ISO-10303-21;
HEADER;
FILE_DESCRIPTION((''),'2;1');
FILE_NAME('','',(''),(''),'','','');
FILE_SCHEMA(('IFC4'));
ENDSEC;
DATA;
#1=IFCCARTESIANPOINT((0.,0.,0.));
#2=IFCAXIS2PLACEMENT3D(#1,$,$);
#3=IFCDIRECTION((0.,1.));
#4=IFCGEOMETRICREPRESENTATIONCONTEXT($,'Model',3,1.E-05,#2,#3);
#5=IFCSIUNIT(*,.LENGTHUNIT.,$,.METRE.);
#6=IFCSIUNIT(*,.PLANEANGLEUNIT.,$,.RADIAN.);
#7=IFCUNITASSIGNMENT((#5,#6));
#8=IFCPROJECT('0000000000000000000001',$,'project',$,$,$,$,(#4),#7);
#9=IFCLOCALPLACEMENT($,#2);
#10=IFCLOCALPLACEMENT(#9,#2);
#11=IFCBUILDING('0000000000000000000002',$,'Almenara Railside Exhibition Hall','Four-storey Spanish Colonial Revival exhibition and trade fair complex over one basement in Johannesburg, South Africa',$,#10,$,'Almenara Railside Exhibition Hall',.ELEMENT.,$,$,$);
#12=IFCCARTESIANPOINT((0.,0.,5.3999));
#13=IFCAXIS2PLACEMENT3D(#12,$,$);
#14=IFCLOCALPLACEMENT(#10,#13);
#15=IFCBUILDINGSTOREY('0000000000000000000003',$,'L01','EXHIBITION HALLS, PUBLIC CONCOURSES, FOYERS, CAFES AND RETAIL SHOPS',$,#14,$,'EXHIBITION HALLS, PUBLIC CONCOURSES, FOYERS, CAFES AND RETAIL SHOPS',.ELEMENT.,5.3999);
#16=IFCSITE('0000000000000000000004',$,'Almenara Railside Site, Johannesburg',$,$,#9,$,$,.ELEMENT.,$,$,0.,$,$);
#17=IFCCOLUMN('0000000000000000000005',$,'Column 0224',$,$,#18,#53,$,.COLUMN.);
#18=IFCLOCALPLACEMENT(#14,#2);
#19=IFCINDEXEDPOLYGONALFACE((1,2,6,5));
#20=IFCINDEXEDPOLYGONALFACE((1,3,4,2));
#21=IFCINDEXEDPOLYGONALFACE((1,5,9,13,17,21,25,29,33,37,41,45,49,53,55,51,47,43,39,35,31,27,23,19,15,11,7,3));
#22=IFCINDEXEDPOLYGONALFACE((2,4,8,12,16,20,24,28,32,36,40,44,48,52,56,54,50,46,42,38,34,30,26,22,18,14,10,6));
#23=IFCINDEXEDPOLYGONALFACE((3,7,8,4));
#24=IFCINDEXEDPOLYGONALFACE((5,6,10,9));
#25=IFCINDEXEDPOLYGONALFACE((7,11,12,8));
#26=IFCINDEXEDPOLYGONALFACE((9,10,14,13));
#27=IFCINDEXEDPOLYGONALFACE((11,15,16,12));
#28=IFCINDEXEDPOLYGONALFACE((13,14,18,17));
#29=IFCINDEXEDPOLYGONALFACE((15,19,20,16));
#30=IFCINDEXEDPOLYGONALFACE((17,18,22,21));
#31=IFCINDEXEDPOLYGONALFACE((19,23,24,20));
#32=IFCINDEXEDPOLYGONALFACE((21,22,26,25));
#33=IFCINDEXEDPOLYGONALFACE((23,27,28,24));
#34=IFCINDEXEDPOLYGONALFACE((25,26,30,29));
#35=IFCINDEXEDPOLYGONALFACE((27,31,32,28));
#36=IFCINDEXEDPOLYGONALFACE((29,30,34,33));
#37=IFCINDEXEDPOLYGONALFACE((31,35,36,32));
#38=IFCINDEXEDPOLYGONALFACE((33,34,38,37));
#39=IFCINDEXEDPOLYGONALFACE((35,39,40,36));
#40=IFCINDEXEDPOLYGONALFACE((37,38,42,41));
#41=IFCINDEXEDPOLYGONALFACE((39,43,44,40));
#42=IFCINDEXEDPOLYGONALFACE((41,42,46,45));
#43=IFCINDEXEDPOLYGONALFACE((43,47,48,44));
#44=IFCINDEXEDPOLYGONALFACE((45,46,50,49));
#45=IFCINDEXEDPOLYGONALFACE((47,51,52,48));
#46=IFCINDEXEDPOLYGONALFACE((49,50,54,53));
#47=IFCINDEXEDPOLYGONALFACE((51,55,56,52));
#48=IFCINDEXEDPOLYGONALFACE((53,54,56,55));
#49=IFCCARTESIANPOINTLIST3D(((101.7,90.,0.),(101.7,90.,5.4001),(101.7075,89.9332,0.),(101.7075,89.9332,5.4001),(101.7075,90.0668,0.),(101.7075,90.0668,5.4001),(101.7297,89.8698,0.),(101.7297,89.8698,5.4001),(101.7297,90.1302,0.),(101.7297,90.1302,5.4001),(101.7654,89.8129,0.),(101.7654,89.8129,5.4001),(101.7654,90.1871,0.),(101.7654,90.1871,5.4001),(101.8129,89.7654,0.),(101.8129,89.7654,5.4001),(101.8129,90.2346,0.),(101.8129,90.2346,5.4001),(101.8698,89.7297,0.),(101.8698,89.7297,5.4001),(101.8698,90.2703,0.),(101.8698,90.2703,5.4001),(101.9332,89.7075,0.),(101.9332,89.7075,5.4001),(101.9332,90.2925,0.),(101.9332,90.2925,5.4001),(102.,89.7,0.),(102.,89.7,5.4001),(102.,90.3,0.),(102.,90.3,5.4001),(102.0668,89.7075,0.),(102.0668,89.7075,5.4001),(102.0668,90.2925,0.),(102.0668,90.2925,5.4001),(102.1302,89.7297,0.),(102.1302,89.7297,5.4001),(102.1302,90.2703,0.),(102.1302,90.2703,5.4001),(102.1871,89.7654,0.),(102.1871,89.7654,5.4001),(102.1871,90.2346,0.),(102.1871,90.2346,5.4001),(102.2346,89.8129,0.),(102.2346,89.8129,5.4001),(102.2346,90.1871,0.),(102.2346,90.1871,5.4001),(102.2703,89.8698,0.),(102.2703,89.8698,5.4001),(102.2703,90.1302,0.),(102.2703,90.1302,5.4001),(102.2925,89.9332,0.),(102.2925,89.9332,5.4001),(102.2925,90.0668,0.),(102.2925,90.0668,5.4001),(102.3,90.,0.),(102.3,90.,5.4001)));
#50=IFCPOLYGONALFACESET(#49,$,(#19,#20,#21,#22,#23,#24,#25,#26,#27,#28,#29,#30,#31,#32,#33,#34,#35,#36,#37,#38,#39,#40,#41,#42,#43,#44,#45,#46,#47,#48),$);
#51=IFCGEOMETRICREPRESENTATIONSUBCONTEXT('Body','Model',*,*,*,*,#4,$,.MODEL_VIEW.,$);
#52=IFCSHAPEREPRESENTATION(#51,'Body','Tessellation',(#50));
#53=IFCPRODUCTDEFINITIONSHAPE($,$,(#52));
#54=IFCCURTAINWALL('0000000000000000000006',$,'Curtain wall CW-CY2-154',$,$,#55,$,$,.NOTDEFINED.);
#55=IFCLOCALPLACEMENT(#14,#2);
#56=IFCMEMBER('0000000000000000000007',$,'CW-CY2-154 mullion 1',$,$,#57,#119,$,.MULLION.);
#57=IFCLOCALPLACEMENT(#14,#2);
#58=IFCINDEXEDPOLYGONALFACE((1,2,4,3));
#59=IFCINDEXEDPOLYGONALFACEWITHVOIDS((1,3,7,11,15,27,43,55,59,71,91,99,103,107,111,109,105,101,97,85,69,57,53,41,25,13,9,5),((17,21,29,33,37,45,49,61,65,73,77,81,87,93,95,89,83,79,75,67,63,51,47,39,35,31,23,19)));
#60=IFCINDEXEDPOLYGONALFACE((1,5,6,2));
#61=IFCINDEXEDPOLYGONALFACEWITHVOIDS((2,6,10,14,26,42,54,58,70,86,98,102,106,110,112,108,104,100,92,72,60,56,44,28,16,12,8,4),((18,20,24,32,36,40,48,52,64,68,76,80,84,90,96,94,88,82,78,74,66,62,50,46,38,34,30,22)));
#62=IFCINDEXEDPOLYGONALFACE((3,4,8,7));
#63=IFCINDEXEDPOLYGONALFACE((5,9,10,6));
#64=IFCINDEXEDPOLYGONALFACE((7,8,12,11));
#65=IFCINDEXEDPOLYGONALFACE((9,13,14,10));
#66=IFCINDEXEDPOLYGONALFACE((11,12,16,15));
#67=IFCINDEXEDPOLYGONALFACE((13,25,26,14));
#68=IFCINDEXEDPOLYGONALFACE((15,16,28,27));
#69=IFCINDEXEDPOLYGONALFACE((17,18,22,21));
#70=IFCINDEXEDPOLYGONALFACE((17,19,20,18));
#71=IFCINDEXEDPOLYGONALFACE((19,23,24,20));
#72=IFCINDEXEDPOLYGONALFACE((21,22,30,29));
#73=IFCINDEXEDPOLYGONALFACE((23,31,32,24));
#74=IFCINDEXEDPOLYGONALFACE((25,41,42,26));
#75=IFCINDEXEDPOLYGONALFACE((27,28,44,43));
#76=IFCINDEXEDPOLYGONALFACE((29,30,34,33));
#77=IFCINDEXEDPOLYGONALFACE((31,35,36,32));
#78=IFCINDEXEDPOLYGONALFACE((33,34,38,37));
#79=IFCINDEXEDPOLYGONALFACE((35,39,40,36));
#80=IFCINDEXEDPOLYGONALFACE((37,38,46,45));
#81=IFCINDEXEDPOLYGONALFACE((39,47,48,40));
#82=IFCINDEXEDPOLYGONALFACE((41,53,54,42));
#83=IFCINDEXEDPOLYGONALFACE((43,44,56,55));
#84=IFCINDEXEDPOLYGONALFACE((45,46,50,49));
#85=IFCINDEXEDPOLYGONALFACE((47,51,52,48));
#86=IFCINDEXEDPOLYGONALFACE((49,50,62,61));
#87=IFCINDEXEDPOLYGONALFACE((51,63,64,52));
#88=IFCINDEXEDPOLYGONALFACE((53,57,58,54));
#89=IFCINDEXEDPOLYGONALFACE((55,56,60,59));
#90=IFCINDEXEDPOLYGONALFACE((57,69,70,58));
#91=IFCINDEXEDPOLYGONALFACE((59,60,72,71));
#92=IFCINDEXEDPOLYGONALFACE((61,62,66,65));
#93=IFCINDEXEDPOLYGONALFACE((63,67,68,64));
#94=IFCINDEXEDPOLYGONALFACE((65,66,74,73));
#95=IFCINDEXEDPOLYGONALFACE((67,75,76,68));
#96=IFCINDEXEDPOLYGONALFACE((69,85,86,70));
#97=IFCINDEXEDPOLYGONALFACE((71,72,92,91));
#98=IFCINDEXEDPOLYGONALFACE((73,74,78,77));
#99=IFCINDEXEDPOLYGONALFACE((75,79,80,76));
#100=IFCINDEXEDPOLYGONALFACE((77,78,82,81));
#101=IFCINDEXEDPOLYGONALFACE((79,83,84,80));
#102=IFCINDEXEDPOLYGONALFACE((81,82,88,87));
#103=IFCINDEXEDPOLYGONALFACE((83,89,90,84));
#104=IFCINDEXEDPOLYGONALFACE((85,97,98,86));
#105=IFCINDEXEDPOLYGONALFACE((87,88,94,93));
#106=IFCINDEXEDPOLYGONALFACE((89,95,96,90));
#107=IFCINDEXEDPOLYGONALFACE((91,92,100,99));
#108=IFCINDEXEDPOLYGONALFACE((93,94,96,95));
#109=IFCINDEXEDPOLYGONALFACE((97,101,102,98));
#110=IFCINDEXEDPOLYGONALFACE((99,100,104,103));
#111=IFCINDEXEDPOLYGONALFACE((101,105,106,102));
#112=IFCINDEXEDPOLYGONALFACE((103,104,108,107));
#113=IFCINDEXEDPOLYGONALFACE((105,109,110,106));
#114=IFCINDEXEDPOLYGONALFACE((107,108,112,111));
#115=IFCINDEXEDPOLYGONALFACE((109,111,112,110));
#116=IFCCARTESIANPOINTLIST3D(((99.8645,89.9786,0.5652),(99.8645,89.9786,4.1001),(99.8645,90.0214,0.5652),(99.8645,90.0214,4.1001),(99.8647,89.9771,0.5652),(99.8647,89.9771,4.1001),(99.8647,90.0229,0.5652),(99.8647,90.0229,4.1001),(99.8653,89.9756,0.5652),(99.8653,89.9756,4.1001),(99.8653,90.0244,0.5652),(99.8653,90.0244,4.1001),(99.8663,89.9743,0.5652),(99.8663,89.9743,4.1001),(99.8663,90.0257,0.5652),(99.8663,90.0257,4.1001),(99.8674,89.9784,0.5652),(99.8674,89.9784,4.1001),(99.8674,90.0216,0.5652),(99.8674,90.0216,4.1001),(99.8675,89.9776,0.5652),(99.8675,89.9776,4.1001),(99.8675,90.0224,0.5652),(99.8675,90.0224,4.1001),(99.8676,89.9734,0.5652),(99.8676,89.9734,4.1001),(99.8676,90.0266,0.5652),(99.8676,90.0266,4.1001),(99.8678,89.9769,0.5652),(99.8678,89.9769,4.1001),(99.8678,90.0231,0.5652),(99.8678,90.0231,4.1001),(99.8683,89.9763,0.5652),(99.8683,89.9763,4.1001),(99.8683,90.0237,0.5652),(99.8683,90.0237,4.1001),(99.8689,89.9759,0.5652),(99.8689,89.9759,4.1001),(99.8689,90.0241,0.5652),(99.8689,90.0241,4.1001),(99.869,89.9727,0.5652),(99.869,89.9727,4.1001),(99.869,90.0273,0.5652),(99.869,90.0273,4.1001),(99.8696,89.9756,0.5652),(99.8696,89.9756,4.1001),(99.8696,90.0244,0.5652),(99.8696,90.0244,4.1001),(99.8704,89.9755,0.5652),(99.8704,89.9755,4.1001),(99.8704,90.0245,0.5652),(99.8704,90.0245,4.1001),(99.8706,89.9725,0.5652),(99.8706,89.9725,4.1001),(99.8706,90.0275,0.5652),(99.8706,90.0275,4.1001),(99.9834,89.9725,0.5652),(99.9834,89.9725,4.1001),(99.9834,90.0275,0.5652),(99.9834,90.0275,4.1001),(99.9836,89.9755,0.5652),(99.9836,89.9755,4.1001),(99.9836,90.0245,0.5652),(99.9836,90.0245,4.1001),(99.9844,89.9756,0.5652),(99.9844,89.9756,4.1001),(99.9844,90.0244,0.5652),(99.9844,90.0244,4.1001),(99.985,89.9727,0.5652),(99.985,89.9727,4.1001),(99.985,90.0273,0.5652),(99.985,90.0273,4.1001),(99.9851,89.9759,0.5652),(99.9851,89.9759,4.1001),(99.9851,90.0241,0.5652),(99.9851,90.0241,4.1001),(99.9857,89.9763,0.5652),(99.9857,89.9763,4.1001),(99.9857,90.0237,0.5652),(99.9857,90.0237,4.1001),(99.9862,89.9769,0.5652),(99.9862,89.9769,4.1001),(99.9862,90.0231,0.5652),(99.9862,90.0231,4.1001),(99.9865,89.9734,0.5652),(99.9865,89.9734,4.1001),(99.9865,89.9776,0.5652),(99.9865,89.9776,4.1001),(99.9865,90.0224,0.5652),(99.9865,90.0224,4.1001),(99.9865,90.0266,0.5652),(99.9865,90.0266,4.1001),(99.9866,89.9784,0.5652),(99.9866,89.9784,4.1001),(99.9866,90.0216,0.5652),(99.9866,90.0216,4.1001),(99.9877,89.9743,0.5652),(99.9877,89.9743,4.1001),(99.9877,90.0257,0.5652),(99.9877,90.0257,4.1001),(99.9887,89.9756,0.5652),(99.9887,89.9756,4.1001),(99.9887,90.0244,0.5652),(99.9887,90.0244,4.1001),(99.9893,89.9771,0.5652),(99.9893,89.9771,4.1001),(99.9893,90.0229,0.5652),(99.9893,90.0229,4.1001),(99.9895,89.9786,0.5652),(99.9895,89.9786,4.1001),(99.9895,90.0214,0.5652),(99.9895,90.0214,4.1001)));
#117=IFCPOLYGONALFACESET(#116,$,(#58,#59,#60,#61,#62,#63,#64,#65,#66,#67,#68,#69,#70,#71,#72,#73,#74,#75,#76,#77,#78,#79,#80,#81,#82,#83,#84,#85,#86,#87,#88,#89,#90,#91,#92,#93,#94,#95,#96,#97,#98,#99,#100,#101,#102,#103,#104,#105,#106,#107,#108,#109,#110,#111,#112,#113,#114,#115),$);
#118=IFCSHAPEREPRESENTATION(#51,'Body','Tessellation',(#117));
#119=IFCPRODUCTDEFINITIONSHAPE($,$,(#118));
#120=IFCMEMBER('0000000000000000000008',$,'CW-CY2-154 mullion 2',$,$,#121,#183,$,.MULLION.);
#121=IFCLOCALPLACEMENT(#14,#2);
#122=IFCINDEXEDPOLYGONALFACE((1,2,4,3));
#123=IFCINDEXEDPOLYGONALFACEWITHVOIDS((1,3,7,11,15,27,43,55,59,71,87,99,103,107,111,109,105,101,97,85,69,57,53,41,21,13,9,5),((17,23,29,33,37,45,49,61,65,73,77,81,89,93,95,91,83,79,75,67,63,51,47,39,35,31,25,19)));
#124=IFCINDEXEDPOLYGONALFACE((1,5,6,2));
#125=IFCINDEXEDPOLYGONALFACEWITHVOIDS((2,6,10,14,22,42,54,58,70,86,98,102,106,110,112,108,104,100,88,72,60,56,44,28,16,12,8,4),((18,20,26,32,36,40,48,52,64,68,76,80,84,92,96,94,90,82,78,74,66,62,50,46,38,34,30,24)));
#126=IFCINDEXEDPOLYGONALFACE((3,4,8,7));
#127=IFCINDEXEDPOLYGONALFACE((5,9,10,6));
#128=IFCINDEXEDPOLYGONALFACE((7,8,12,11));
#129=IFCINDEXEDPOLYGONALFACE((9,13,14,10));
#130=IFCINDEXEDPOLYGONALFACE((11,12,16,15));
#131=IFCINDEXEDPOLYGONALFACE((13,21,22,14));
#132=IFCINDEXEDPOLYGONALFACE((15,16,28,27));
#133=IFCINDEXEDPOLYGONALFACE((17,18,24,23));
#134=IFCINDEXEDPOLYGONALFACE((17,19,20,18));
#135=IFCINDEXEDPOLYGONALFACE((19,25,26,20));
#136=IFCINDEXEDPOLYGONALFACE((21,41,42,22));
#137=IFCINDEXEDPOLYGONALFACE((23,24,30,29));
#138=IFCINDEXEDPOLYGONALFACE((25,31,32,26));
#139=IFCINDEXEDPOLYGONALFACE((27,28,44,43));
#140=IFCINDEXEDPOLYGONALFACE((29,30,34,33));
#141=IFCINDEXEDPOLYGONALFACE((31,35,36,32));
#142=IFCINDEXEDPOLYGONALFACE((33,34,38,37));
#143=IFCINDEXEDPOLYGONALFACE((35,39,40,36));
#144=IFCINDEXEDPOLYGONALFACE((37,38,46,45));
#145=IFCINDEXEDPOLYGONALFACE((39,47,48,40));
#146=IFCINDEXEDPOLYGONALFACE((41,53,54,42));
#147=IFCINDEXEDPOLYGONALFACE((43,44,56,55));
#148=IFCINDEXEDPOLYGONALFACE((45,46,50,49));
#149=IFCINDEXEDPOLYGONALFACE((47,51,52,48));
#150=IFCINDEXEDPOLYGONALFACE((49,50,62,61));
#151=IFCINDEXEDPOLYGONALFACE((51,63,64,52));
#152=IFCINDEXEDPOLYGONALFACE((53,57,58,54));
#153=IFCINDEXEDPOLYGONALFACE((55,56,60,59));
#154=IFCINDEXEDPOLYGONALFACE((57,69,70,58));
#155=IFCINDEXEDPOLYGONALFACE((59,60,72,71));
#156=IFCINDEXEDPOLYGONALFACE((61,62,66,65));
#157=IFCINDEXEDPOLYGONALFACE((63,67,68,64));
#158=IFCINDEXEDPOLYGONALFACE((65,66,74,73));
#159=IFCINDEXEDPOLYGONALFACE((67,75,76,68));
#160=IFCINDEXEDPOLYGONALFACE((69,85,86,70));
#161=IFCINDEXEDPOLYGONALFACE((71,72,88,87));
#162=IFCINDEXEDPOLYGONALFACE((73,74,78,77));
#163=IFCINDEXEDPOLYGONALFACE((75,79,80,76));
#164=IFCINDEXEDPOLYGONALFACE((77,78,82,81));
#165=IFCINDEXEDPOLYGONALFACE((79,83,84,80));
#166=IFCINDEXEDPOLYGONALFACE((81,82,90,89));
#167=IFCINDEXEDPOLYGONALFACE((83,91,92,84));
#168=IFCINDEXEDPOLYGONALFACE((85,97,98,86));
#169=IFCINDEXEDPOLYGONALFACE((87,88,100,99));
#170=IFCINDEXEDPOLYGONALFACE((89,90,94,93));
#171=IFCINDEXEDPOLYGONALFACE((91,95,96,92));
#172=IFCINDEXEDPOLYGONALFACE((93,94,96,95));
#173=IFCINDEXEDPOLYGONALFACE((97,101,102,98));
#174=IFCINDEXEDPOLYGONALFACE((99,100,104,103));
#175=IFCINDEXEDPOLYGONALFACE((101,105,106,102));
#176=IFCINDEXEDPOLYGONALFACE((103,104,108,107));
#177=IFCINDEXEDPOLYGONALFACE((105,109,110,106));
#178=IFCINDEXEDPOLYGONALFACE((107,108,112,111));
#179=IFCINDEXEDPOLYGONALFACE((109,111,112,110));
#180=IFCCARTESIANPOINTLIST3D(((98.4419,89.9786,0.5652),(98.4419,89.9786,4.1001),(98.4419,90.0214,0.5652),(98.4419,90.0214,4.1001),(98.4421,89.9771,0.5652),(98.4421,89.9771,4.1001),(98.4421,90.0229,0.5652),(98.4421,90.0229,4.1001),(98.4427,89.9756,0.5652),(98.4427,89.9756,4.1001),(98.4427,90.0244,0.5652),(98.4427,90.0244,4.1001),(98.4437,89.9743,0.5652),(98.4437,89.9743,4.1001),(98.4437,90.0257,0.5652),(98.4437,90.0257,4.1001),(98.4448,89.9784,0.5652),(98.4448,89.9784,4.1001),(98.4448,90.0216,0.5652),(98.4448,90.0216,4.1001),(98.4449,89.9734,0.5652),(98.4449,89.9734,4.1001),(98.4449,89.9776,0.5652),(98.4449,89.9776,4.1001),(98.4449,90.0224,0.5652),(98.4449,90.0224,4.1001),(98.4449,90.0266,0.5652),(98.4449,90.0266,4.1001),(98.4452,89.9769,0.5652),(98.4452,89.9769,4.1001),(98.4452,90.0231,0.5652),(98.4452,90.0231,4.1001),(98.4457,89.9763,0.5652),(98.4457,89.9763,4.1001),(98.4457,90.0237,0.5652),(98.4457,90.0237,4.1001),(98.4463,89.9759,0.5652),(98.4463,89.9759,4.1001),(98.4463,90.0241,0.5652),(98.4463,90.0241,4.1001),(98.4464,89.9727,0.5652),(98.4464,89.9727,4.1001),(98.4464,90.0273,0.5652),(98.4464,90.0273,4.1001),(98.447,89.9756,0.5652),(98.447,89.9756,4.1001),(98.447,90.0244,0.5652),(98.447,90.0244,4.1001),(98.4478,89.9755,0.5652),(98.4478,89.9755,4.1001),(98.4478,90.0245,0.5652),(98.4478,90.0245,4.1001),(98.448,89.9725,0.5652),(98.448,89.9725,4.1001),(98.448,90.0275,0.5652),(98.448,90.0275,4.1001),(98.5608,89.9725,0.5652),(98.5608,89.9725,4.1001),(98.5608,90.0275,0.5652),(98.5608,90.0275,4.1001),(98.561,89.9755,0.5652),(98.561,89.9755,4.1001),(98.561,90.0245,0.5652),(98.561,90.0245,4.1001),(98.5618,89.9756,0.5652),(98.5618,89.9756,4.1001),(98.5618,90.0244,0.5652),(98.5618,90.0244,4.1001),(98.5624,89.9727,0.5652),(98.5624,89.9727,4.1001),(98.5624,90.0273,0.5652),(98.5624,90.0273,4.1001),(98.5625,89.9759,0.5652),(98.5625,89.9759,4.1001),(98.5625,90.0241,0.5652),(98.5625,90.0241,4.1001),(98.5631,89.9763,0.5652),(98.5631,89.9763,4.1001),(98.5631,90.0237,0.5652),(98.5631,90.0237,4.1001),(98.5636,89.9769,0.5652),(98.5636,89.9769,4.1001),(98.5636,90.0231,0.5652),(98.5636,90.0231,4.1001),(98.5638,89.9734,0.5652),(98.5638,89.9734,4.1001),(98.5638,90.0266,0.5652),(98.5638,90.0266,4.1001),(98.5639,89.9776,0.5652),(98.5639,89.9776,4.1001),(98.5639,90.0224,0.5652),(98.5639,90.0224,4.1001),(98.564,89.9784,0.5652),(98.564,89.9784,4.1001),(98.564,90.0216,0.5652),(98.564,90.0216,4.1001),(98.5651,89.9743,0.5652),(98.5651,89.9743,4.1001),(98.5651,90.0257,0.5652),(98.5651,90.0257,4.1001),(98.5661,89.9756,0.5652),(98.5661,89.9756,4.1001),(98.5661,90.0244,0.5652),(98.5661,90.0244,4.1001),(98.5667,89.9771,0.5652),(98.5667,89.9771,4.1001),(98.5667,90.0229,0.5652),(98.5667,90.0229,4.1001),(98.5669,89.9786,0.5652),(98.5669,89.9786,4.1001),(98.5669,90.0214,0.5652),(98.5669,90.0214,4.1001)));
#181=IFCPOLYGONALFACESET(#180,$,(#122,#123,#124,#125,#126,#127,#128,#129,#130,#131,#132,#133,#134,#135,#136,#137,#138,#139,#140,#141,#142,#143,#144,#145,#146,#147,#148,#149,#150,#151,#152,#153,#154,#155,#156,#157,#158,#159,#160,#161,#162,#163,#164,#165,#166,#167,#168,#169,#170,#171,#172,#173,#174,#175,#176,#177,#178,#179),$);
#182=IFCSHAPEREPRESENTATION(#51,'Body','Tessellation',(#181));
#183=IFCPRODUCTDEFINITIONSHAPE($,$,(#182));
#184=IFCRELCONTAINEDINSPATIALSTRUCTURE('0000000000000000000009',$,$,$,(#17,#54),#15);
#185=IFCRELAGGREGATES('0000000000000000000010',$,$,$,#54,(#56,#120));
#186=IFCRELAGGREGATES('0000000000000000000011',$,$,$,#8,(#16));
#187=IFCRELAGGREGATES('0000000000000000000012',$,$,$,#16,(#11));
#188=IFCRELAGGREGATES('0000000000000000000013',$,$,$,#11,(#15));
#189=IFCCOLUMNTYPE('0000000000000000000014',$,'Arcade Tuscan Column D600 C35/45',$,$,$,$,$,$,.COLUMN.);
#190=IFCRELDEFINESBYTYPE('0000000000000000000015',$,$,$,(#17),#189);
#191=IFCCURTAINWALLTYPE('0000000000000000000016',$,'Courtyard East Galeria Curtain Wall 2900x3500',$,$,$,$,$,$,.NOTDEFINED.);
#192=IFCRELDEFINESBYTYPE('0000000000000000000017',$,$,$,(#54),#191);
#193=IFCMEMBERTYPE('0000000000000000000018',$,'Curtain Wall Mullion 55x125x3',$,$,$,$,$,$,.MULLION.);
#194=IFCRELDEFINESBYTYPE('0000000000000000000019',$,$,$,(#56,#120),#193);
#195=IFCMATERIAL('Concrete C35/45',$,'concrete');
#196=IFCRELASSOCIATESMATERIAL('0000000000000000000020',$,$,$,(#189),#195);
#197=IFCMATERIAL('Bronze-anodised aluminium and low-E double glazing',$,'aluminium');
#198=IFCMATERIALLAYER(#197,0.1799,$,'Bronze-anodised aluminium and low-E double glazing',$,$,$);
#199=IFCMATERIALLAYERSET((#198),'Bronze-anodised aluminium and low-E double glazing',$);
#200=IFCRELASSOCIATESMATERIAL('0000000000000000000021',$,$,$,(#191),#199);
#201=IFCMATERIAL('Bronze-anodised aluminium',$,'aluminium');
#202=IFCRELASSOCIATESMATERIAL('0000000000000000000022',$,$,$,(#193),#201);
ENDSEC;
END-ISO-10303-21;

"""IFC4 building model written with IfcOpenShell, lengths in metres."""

from ifc_helpers import new_model, si_unit, direction, frame, origin, origin_2d, place, context, subcontext, project, spatial, hollow_rectangle, circle, extrude, material, layer, layer_set, material_profile, profile_set, type_object, element, aggregate, save


model = new_model("IFC4")

# Units and contexts
model_context = context("Model", 3, precision=1e-05, world=origin(), true_north=direction((0.0, 1.0)))
body_context = subcontext(model_context, "Body", "Model", "MODEL_VIEW")
ifc_project = project(units=[si_unit("LENGTHUNIT", "METRE"), si_unit("PLANEANGLEUNIT", "RADIAN")], contexts=[model_context])

# Site, building, storey
site_placement = place(None, origin())
site = spatial("IfcSite", under=ifc_project, at=site_placement, Name="Almenara Railside Site, Johannesburg", CompositionType="ELEMENT", RefElevation=0.0)
building_placement = place(site_placement, origin())
building = spatial("IfcBuilding", under=site, at=building_placement, Name="Almenara Railside Exhibition Hall", Description="Four-storey Spanish Colonial Revival exhibition and trade fair complex over one basement in Johannesburg, South Africa", LongName="Almenara Railside Exhibition Hall", CompositionType="ELEMENT")
storey_placement = place(building_placement, frame((0.0, 0.0, 5.3999)))
storey = spatial("IfcBuildingStorey", under=building, at=storey_placement, Name="L01", Description="EXHIBITION HALLS, PUBLIC CONCOURSES, FOYERS, CAFES AND RETAIL SHOPS", LongName="EXHIBITION HALLS, PUBLIC CONCOURSES, FOYERS, CAFES AND RETAIL SHOPS", CompositionType="ELEMENT", Elevation=5.3999)

# Column
ifc_material_1 = material(Name="Concrete C35/45", Category="concrete")
ifc_material_profile_1 = material_profile(ifc_material_1, circle(Radius=0.3, at=origin_2d()), Name="RC-COL D600")
ifc_profile_set_1 = profile_set([ifc_material_profile_1], Name="Concrete C35/45")
column_type = type_object("IfcColumnType", Name="Arcade Tuscan Column D600 C35/45", PredefinedType="COLUMN", material=ifc_profile_set_1)
column_placement = place(storey_placement, frame((102.0, 90.0, 0.0), z_axis=(0.0, 0.0, 1.0), x_axis=(1.0, 0.0, 0.0)))
element("IfcColumn", 1, at=column_placement, inside=storey, type_object=column_type, Name="Column 0224", PredefinedType="COLUMN", context=body_context, shape_type="SweptSolid", body=[
    extrude(circle(Radius=0.3, at=origin_2d()), origin(), (0.0, 0.0, 1.0), 5.4001),
])

# Curtain wall, members
ifc_material_2 = material(Name="Bronze-anodised aluminium and low-E double glazing", Category="aluminium")
ifc_layer_1 = layer(ifc_material_2, 0.1799, Name="Bronze-anodised aluminium and low-E double glazing")
ifc_layer_set_1 = layer_set([ifc_layer_1], Name="Bronze-anodised aluminium and low-E double glazing")
curtain_wall_type = type_object("IfcCurtainWallType", Name="Courtyard East Galeria Curtain Wall 2900x3500", PredefinedType="NOTDEFINED", material=ifc_layer_set_1)
curtain_wall_1_placement = place(storey_placement, origin())
curtain_wall_1 = element("IfcCurtainWall", 2, at=curtain_wall_1_placement, inside=storey, type_object=curtain_wall_type, Name="Curtain wall CW-CY2-154", PredefinedType="NOTDEFINED")
ifc_material_3 = material(Name="Bronze-anodised aluminium", Category="aluminium")
ifc_material_profile_2 = material_profile(ifc_material_3, hollow_rectangle(XDim=0.0549, YDim=0.125, WallThickness=0.0029, InnerFilletRadius=0.0029, OuterFilletRadius=0.0061, at=origin_2d()), Name="ALU-MUL 55x125x3")
ifc_profile_set_2 = profile_set([ifc_material_profile_2], Name="Bronze-anodised aluminium")
member_type_1 = type_object("IfcMemberType", Name="Curtain Wall Mullion 55x125x3", PredefinedType="MULLION", material=ifc_profile_set_2)
member_1_placement = place(storey_placement, frame((99.927, 90.0, 0.5652), z_axis=(0.0, 0.0, 1.0), x_axis=(0.0, -1.0, 0.0)))
member_1 = element("IfcMember", 3, at=member_1_placement, type_object=member_type_1, Name="CW-CY2-154 mullion 1", PredefinedType="MULLION", context=body_context, shape_type="SweptSolid", body=[
    extrude(hollow_rectangle(XDim=0.0549, YDim=0.125, WallThickness=0.0029, InnerFilletRadius=0.0029, OuterFilletRadius=0.0061, at=origin_2d()), origin(), (0.0, 0.0, 1.0), 3.5349),
])
member_2_placement = place(storey_placement, frame((98.5044, 90.0, 0.5652), z_axis=(0.0, 0.0, 1.0), x_axis=(0.0, -1.0, 0.0)))
member_2 = element("IfcMember", 4, at=member_2_placement, type_object=member_type_1, Name="CW-CY2-154 mullion 2", PredefinedType="MULLION", context=body_context, shape_type="SweptSolid", body=[
    extrude(hollow_rectangle(XDim=0.0549, YDim=0.125, WallThickness=0.0029, InnerFilletRadius=0.0029, OuterFilletRadius=0.0061, at=origin_2d()), origin(), (0.0, 0.0, 1.0), 3.5349),
])

aggregate(curtain_wall_1, [member_1, member_2])

save(model, "model.ifc")
